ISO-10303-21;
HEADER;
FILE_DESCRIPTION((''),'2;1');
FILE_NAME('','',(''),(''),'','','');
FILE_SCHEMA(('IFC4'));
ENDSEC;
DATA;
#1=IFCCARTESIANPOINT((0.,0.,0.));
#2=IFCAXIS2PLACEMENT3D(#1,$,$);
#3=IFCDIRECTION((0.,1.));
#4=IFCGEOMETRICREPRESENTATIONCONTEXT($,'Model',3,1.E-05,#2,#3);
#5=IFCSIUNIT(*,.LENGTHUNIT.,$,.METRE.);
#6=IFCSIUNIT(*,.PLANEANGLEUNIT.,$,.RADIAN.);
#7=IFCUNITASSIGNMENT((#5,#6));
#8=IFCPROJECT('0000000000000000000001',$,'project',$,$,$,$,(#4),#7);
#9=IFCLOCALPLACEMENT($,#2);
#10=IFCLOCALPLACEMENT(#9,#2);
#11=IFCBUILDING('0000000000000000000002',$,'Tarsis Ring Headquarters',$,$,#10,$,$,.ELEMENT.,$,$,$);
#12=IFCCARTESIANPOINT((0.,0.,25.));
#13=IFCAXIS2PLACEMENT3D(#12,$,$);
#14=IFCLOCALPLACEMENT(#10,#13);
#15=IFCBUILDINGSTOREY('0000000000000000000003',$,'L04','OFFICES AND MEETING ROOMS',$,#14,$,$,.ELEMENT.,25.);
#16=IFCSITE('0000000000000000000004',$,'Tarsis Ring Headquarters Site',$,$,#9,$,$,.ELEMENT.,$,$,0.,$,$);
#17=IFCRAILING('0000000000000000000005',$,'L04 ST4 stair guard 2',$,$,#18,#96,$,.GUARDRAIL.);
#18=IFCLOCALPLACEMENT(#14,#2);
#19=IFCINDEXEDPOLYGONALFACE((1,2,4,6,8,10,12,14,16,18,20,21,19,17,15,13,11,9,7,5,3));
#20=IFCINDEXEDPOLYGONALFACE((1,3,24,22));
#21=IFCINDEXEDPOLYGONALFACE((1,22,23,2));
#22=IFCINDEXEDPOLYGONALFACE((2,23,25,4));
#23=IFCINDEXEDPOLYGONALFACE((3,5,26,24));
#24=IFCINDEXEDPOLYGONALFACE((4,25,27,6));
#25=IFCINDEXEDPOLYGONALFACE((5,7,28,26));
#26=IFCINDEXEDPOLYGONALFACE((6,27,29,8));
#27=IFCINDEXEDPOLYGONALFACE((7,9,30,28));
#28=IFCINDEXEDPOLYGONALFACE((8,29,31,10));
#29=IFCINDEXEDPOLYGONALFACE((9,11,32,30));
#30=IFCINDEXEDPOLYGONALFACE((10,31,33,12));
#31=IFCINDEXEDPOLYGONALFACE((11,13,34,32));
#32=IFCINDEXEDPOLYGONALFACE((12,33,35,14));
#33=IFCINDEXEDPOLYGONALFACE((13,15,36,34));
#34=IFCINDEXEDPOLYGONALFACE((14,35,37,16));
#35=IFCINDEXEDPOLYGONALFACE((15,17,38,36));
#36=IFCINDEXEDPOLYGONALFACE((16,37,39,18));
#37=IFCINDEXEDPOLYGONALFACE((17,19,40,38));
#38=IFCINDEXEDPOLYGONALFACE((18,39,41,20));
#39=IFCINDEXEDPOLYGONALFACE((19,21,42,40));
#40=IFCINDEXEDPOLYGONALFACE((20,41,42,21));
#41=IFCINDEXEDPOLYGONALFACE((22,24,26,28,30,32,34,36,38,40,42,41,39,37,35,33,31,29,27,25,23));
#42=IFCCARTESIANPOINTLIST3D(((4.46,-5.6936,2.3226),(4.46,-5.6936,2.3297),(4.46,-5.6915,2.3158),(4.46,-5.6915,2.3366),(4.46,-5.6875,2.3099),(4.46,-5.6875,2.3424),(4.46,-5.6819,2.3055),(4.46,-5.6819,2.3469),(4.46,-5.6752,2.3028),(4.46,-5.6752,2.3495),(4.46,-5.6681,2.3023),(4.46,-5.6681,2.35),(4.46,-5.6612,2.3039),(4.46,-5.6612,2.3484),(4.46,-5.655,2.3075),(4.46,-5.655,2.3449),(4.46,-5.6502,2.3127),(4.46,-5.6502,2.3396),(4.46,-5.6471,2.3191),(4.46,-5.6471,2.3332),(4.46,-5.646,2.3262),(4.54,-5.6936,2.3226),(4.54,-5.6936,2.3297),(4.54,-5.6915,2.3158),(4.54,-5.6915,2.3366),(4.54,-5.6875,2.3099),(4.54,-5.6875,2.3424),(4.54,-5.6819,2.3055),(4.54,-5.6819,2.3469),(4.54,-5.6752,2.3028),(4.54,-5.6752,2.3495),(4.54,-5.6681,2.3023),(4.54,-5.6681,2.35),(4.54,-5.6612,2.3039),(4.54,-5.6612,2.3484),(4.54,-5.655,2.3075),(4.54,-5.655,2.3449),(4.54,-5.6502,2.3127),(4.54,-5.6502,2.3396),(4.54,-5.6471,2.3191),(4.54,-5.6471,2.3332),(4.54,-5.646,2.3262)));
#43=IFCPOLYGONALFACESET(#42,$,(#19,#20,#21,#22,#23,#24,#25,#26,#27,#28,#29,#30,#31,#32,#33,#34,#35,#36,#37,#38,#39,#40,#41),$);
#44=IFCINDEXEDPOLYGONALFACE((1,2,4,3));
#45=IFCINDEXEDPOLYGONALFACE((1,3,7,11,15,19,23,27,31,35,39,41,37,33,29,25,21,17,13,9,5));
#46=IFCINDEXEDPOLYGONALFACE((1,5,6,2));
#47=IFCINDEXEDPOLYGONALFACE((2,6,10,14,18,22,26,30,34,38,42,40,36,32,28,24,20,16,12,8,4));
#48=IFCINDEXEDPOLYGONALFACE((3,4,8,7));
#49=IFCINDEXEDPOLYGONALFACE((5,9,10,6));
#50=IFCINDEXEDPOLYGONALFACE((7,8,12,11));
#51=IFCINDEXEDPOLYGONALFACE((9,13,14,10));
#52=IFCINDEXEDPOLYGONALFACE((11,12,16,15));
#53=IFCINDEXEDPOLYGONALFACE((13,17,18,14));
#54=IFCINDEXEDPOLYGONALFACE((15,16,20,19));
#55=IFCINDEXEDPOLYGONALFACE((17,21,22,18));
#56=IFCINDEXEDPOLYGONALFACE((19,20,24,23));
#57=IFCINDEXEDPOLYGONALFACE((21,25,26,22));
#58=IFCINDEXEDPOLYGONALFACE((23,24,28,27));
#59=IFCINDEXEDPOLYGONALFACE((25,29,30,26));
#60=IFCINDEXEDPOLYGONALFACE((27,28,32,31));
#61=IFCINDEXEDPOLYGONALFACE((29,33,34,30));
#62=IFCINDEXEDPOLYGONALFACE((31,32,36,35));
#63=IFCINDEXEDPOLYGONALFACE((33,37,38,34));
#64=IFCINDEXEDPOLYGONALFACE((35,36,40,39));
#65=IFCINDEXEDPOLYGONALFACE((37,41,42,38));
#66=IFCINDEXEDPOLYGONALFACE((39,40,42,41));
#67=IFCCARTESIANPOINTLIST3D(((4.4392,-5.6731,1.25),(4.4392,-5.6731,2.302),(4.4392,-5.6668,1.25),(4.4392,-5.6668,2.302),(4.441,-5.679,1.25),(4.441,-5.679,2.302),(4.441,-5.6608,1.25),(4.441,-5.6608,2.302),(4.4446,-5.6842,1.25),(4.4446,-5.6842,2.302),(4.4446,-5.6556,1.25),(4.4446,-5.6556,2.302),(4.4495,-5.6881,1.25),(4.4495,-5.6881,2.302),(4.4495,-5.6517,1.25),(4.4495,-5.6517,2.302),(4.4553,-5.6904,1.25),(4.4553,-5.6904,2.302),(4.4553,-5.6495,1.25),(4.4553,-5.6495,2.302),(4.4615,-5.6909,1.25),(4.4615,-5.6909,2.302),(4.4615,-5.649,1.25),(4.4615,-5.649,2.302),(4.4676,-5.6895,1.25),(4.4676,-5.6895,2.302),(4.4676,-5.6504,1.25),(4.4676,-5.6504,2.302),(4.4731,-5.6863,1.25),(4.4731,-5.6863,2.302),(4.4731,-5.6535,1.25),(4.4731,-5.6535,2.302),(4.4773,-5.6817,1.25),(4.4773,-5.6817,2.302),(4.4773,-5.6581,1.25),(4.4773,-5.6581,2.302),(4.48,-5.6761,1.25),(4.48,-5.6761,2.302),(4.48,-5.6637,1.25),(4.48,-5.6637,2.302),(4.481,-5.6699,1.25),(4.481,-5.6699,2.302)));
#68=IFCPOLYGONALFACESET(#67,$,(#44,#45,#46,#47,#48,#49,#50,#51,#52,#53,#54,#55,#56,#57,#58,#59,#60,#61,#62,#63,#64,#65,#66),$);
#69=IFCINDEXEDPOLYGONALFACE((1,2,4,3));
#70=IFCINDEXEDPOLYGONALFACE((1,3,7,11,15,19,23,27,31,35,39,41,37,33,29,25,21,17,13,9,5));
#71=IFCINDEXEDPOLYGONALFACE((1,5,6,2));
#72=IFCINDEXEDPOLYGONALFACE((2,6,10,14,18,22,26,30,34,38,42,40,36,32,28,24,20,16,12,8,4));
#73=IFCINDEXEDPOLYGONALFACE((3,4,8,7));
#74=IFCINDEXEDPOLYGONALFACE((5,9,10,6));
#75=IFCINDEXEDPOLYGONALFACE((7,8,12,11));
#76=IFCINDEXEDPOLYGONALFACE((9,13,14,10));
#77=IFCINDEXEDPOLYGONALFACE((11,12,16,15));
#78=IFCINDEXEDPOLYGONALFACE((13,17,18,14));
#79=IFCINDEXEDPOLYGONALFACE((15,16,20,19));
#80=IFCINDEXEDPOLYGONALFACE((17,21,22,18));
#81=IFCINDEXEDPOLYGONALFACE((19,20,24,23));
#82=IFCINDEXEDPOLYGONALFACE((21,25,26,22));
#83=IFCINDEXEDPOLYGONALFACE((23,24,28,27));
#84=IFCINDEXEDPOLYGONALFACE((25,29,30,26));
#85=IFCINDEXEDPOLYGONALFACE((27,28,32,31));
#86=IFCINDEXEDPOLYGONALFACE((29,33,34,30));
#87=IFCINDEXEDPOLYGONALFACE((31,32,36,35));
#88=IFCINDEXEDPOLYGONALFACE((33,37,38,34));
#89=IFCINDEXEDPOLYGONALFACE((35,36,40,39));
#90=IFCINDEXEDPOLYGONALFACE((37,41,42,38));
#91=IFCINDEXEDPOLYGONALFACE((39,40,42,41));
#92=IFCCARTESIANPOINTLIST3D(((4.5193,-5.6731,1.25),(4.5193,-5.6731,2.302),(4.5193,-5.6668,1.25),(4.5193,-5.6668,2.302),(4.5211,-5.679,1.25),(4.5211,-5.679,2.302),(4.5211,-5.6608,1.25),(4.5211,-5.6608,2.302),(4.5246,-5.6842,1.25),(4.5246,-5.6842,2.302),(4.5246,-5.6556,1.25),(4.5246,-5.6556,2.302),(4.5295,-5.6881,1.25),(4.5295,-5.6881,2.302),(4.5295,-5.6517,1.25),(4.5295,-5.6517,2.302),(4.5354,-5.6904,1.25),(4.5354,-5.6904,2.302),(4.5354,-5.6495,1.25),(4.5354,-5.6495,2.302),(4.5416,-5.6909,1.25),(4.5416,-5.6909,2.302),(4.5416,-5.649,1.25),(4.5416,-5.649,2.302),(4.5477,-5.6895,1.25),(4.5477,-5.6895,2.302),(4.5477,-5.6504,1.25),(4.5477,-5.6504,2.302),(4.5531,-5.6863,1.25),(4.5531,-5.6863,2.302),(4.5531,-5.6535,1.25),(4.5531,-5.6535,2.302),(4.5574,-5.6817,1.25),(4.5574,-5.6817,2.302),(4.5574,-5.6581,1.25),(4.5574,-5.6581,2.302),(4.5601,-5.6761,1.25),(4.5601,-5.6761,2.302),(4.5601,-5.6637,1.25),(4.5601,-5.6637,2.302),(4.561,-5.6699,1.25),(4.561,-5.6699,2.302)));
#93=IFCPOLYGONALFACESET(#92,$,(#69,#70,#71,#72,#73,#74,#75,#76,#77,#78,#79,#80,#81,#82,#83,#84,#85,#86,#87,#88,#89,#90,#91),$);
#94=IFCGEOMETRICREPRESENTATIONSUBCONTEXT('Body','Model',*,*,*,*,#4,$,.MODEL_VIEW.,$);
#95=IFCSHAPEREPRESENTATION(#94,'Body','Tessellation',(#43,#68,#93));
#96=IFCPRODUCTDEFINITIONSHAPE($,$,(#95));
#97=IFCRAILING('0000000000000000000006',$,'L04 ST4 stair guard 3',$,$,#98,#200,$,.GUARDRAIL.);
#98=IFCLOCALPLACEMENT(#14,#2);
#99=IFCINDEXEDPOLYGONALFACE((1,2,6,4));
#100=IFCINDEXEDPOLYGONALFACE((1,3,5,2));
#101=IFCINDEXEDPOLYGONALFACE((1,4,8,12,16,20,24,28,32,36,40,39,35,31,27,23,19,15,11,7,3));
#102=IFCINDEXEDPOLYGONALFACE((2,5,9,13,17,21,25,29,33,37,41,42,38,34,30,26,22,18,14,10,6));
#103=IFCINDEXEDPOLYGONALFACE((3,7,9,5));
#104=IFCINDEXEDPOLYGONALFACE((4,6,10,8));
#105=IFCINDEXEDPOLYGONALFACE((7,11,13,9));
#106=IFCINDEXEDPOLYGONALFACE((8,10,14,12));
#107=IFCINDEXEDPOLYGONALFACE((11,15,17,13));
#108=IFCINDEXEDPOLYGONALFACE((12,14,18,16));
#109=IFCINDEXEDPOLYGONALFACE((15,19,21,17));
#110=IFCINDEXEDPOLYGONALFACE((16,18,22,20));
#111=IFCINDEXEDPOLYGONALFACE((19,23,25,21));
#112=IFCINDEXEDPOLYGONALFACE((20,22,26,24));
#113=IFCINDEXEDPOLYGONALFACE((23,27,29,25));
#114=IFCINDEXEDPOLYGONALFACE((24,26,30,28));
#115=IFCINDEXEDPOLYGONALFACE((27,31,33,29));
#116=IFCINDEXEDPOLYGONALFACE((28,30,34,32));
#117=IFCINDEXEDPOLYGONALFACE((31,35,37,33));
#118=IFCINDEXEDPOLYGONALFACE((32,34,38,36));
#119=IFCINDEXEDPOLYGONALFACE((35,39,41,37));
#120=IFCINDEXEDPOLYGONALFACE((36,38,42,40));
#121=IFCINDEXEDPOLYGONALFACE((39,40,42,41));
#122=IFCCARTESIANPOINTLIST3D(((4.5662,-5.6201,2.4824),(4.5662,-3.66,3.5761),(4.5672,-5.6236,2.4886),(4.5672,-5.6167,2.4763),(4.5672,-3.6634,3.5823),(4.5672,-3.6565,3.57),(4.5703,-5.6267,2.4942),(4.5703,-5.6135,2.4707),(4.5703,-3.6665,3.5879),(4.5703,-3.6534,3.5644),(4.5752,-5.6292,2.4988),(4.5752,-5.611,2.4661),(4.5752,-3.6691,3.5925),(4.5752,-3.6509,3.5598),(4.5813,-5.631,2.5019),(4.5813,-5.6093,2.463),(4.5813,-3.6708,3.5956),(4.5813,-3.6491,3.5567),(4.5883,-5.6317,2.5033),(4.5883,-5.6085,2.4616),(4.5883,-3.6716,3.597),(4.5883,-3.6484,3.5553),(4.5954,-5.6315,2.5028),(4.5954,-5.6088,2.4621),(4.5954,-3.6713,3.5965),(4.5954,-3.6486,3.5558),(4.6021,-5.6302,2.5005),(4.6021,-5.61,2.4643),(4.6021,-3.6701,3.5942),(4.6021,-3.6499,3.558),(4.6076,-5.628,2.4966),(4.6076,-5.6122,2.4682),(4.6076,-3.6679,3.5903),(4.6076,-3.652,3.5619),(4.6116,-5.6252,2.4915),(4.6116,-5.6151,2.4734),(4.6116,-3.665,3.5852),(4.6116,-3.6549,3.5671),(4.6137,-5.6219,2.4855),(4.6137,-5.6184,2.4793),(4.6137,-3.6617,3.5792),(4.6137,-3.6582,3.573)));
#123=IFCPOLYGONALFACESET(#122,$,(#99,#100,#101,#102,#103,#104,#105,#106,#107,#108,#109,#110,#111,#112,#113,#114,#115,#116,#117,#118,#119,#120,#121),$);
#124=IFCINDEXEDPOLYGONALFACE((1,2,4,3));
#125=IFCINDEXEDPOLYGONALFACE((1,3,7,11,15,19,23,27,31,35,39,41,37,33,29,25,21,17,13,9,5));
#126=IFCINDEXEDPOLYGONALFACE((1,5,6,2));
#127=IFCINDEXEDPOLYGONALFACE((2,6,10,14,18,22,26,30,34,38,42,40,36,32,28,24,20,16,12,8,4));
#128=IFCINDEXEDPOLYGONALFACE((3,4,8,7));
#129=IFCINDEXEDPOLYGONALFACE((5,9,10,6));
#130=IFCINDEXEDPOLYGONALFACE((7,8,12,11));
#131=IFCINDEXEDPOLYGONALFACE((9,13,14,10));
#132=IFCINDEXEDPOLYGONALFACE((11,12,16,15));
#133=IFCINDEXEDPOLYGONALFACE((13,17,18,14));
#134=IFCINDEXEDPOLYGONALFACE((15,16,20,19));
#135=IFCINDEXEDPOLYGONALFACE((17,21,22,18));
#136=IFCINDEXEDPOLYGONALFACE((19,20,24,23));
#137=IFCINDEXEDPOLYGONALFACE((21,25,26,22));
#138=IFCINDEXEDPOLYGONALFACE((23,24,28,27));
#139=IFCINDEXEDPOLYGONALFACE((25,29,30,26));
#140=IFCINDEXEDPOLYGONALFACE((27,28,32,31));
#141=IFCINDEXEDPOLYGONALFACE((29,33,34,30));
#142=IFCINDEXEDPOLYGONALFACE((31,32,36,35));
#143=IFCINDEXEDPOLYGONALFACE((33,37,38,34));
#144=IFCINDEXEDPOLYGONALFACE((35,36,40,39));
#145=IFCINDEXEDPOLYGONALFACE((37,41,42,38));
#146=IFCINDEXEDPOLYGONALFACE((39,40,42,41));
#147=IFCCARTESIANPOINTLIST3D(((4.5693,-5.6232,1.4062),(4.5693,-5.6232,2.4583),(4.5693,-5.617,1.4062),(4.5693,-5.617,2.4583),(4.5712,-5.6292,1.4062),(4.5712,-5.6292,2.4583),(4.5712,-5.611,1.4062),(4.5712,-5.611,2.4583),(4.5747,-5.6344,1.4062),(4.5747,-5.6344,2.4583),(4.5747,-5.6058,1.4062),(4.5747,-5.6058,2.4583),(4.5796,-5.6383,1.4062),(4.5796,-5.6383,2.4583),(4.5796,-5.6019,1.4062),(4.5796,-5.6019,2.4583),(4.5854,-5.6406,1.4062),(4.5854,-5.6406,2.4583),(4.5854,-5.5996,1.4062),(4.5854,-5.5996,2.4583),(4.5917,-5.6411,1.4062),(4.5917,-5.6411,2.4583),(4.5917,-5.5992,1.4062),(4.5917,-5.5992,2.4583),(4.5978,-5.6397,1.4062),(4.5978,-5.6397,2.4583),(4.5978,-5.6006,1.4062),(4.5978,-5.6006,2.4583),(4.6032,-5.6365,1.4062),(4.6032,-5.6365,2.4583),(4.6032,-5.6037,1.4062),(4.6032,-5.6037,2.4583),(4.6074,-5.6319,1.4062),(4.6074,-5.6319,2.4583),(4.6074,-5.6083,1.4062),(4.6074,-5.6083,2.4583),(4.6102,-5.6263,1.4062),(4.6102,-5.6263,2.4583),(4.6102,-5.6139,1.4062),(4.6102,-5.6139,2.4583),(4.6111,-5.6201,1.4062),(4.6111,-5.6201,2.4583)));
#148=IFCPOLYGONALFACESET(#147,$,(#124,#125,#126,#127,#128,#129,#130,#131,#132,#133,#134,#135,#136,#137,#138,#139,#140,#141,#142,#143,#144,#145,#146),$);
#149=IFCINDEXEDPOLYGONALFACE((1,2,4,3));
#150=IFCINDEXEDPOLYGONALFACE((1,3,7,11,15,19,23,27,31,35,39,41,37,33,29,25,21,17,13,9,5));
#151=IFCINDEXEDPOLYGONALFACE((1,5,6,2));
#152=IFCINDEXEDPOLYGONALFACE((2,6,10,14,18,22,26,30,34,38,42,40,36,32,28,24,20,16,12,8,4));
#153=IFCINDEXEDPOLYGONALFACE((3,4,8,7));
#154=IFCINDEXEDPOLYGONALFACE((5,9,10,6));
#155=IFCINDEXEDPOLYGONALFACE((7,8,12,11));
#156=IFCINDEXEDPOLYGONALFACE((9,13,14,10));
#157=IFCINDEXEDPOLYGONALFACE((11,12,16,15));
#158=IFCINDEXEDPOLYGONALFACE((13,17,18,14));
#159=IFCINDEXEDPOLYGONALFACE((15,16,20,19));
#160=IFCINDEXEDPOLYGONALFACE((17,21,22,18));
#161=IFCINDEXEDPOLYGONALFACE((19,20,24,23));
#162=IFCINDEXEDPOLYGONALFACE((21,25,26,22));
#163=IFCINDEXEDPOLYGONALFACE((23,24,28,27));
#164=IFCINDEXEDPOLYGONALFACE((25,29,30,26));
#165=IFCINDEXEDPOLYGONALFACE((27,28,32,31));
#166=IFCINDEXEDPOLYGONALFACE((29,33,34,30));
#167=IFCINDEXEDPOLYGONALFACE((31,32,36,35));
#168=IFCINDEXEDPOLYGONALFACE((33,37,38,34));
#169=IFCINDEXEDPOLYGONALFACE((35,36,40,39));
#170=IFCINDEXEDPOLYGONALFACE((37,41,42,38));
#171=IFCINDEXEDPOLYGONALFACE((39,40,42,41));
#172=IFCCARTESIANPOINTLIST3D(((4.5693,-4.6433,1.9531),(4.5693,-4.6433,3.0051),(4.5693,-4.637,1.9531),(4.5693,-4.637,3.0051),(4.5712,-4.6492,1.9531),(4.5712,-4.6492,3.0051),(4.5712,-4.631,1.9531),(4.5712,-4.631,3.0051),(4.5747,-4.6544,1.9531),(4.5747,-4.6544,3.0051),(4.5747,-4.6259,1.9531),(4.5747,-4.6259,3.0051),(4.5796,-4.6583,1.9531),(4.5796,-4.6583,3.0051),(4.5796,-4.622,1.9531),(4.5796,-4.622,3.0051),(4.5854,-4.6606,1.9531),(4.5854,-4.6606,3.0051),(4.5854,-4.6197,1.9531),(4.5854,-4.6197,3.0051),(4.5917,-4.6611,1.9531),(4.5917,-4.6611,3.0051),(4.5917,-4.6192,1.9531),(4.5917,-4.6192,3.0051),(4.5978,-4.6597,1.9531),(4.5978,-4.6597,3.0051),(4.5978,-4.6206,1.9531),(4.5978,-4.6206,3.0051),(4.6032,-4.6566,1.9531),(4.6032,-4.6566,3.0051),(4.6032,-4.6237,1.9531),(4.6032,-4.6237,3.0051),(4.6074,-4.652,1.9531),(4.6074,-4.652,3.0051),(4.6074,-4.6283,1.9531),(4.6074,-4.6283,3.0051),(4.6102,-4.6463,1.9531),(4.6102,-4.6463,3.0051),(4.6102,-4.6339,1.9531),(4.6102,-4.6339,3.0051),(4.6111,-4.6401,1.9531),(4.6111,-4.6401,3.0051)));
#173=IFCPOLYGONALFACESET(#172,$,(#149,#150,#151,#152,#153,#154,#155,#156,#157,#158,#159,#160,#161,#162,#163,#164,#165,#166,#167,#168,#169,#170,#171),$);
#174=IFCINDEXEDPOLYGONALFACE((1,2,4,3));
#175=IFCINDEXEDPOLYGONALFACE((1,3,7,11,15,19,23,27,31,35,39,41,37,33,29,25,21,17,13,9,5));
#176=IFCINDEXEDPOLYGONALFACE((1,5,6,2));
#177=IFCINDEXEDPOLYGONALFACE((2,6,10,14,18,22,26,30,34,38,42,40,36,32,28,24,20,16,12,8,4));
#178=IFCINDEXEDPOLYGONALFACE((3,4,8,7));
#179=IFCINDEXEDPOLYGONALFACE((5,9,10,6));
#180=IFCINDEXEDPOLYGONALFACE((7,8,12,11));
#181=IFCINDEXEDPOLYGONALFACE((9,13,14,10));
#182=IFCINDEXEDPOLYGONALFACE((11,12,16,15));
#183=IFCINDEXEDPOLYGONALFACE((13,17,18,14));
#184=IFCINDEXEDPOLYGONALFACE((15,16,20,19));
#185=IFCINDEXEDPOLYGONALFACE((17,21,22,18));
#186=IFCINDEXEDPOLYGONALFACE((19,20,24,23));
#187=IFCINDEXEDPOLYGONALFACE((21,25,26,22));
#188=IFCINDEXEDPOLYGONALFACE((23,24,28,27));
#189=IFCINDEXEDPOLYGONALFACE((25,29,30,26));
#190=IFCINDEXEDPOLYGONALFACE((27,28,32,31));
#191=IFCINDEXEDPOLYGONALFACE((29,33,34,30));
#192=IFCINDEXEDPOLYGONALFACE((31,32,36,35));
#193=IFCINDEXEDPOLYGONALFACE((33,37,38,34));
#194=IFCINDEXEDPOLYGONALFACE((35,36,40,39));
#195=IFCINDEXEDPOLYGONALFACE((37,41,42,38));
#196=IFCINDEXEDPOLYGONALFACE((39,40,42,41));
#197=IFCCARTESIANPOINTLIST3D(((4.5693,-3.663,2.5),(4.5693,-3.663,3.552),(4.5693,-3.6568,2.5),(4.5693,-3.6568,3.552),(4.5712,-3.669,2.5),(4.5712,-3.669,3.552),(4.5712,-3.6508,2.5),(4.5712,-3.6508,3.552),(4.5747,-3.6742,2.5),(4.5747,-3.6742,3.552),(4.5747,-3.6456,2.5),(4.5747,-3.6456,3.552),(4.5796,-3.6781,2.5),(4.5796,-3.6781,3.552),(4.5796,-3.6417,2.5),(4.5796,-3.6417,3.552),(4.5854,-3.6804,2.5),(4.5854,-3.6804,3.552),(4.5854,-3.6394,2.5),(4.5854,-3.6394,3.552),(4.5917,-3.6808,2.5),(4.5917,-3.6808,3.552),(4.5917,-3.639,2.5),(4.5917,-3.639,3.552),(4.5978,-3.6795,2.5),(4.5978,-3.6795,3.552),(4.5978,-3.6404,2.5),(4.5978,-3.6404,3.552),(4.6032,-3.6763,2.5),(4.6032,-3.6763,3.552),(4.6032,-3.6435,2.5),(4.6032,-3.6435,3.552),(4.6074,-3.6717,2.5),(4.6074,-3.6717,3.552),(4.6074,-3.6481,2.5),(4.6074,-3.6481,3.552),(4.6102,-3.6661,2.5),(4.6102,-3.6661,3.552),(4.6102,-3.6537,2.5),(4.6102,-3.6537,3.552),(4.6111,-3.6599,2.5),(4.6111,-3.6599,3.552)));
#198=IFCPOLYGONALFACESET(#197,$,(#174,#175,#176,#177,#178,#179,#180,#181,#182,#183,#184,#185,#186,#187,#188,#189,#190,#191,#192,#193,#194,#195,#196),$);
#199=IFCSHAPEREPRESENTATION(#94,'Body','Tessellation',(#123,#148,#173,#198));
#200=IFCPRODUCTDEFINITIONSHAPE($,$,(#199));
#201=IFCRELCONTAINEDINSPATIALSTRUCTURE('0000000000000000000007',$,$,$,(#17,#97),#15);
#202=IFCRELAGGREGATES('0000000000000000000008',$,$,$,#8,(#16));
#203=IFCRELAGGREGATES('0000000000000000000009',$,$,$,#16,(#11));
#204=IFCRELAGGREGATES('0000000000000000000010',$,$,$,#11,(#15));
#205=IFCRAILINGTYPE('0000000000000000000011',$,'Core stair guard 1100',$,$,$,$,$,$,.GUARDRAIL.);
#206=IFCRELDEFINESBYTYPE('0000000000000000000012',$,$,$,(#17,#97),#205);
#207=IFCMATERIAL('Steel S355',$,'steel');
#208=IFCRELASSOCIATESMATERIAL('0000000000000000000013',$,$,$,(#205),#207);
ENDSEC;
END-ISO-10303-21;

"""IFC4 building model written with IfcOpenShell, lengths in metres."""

from ifc_helpers import new_model, si_unit, direction, frame, origin, origin_2d, place, context, subcontext, project, spatial, circle, extrude, material, type_object, element, save


model = new_model("IFC4")

# Units and contexts
model_context = context("Model", 3, precision=1e-05, world=origin(), true_north=direction((0.0, 1.0)))
body_context = subcontext(model_context, "Body", "Model", "MODEL_VIEW")
ifc_project = project(units=[si_unit("LENGTHUNIT", "METRE"), si_unit("PLANEANGLEUNIT", "RADIAN")], contexts=[model_context])

# Site, building, storey
site_placement = place(None, origin())
site = spatial("IfcSite", under=ifc_project, at=site_placement, Name="Tarsis Ring Headquarters Site", CompositionType="ELEMENT", RefElevation=0.0)
building_placement = place(site_placement, origin())
building = spatial("IfcBuilding", under=site, at=building_placement, Name="Tarsis Ring Headquarters", CompositionType="ELEMENT")
storey_placement = place(building_placement, frame((0.0, 0.0, 25.0)))
storey = spatial("IfcBuildingStorey", under=building, at=storey_placement, Name="L04", Description="OFFICES AND MEETING ROOMS", CompositionType="ELEMENT", Elevation=25.0)

# Railings
ifc_material_1 = material(Name="Steel S355", Category="steel")
railing_type_1 = type_object("IfcRailingType", Name="Core stair guard 1100", PredefinedType="GUARDRAIL", material=ifc_material_1)
railing_1_placement = place(storey_placement, frame((4.46, -5.6699, 1.25)))
element("IfcRailing", 1, at=railing_1_placement, inside=storey, type_object=railing_type_1, Name="L04 ST4 stair guard 2", PredefinedType="GUARDRAIL", context=body_context, shape_type="SweptSolid", body=[
    extrude(circle(Radius=0.0239, at=origin_2d()), frame((0.0, 0.0, 1.0762), z_axis=(1.0, 0.0, 0.0), x_axis=(0.0, 1.0, 0.0)), (0.0, 0.0, 1.0), 0.0801),
    extrude(circle(Radius=0.021, at=origin_2d()), origin(), (0.0, 0.0, 1.0), 1.052),
    extrude(circle(Radius=0.021, at=origin_2d()), frame((0.0801, 0.0, 0.0)), (0.0, 0.0, 1.0), 1.052),
])
railing_2_placement = place(storey_placement, frame((4.5901, -5.6201, 1.4062)))
element("IfcRailing", 2, at=railing_2_placement, inside=storey, type_object=railing_type_1, Name="L04 ST4 stair guard 3", PredefinedType="GUARDRAIL", context=body_context, shape_type="SweptSolid", body=[
    extrude(circle(Radius=0.0239, at=origin_2d()), frame((0.0, 0.0, 1.0762), z_axis=(0.0, 0.873258, 0.487258), x_axis=(-1.0, 0.0, 0.0)), (0.0, 0.0, 1.0), 2.2446),
    extrude(circle(Radius=0.021, at=origin_2d()), origin(), (0.0, 0.0, 1.0), 1.052),
    extrude(circle(Radius=0.021, at=origin_2d()), frame((0.0, 0.98, 0.5469)), (0.0, 0.0, 1.0), 1.052),
    extrude(circle(Radius=0.021, at=origin_2d()), frame((0.0, 1.9602, 1.0938)), (0.0, 0.0, 1.0), 1.052),
])

save(model, "model.ifc")
